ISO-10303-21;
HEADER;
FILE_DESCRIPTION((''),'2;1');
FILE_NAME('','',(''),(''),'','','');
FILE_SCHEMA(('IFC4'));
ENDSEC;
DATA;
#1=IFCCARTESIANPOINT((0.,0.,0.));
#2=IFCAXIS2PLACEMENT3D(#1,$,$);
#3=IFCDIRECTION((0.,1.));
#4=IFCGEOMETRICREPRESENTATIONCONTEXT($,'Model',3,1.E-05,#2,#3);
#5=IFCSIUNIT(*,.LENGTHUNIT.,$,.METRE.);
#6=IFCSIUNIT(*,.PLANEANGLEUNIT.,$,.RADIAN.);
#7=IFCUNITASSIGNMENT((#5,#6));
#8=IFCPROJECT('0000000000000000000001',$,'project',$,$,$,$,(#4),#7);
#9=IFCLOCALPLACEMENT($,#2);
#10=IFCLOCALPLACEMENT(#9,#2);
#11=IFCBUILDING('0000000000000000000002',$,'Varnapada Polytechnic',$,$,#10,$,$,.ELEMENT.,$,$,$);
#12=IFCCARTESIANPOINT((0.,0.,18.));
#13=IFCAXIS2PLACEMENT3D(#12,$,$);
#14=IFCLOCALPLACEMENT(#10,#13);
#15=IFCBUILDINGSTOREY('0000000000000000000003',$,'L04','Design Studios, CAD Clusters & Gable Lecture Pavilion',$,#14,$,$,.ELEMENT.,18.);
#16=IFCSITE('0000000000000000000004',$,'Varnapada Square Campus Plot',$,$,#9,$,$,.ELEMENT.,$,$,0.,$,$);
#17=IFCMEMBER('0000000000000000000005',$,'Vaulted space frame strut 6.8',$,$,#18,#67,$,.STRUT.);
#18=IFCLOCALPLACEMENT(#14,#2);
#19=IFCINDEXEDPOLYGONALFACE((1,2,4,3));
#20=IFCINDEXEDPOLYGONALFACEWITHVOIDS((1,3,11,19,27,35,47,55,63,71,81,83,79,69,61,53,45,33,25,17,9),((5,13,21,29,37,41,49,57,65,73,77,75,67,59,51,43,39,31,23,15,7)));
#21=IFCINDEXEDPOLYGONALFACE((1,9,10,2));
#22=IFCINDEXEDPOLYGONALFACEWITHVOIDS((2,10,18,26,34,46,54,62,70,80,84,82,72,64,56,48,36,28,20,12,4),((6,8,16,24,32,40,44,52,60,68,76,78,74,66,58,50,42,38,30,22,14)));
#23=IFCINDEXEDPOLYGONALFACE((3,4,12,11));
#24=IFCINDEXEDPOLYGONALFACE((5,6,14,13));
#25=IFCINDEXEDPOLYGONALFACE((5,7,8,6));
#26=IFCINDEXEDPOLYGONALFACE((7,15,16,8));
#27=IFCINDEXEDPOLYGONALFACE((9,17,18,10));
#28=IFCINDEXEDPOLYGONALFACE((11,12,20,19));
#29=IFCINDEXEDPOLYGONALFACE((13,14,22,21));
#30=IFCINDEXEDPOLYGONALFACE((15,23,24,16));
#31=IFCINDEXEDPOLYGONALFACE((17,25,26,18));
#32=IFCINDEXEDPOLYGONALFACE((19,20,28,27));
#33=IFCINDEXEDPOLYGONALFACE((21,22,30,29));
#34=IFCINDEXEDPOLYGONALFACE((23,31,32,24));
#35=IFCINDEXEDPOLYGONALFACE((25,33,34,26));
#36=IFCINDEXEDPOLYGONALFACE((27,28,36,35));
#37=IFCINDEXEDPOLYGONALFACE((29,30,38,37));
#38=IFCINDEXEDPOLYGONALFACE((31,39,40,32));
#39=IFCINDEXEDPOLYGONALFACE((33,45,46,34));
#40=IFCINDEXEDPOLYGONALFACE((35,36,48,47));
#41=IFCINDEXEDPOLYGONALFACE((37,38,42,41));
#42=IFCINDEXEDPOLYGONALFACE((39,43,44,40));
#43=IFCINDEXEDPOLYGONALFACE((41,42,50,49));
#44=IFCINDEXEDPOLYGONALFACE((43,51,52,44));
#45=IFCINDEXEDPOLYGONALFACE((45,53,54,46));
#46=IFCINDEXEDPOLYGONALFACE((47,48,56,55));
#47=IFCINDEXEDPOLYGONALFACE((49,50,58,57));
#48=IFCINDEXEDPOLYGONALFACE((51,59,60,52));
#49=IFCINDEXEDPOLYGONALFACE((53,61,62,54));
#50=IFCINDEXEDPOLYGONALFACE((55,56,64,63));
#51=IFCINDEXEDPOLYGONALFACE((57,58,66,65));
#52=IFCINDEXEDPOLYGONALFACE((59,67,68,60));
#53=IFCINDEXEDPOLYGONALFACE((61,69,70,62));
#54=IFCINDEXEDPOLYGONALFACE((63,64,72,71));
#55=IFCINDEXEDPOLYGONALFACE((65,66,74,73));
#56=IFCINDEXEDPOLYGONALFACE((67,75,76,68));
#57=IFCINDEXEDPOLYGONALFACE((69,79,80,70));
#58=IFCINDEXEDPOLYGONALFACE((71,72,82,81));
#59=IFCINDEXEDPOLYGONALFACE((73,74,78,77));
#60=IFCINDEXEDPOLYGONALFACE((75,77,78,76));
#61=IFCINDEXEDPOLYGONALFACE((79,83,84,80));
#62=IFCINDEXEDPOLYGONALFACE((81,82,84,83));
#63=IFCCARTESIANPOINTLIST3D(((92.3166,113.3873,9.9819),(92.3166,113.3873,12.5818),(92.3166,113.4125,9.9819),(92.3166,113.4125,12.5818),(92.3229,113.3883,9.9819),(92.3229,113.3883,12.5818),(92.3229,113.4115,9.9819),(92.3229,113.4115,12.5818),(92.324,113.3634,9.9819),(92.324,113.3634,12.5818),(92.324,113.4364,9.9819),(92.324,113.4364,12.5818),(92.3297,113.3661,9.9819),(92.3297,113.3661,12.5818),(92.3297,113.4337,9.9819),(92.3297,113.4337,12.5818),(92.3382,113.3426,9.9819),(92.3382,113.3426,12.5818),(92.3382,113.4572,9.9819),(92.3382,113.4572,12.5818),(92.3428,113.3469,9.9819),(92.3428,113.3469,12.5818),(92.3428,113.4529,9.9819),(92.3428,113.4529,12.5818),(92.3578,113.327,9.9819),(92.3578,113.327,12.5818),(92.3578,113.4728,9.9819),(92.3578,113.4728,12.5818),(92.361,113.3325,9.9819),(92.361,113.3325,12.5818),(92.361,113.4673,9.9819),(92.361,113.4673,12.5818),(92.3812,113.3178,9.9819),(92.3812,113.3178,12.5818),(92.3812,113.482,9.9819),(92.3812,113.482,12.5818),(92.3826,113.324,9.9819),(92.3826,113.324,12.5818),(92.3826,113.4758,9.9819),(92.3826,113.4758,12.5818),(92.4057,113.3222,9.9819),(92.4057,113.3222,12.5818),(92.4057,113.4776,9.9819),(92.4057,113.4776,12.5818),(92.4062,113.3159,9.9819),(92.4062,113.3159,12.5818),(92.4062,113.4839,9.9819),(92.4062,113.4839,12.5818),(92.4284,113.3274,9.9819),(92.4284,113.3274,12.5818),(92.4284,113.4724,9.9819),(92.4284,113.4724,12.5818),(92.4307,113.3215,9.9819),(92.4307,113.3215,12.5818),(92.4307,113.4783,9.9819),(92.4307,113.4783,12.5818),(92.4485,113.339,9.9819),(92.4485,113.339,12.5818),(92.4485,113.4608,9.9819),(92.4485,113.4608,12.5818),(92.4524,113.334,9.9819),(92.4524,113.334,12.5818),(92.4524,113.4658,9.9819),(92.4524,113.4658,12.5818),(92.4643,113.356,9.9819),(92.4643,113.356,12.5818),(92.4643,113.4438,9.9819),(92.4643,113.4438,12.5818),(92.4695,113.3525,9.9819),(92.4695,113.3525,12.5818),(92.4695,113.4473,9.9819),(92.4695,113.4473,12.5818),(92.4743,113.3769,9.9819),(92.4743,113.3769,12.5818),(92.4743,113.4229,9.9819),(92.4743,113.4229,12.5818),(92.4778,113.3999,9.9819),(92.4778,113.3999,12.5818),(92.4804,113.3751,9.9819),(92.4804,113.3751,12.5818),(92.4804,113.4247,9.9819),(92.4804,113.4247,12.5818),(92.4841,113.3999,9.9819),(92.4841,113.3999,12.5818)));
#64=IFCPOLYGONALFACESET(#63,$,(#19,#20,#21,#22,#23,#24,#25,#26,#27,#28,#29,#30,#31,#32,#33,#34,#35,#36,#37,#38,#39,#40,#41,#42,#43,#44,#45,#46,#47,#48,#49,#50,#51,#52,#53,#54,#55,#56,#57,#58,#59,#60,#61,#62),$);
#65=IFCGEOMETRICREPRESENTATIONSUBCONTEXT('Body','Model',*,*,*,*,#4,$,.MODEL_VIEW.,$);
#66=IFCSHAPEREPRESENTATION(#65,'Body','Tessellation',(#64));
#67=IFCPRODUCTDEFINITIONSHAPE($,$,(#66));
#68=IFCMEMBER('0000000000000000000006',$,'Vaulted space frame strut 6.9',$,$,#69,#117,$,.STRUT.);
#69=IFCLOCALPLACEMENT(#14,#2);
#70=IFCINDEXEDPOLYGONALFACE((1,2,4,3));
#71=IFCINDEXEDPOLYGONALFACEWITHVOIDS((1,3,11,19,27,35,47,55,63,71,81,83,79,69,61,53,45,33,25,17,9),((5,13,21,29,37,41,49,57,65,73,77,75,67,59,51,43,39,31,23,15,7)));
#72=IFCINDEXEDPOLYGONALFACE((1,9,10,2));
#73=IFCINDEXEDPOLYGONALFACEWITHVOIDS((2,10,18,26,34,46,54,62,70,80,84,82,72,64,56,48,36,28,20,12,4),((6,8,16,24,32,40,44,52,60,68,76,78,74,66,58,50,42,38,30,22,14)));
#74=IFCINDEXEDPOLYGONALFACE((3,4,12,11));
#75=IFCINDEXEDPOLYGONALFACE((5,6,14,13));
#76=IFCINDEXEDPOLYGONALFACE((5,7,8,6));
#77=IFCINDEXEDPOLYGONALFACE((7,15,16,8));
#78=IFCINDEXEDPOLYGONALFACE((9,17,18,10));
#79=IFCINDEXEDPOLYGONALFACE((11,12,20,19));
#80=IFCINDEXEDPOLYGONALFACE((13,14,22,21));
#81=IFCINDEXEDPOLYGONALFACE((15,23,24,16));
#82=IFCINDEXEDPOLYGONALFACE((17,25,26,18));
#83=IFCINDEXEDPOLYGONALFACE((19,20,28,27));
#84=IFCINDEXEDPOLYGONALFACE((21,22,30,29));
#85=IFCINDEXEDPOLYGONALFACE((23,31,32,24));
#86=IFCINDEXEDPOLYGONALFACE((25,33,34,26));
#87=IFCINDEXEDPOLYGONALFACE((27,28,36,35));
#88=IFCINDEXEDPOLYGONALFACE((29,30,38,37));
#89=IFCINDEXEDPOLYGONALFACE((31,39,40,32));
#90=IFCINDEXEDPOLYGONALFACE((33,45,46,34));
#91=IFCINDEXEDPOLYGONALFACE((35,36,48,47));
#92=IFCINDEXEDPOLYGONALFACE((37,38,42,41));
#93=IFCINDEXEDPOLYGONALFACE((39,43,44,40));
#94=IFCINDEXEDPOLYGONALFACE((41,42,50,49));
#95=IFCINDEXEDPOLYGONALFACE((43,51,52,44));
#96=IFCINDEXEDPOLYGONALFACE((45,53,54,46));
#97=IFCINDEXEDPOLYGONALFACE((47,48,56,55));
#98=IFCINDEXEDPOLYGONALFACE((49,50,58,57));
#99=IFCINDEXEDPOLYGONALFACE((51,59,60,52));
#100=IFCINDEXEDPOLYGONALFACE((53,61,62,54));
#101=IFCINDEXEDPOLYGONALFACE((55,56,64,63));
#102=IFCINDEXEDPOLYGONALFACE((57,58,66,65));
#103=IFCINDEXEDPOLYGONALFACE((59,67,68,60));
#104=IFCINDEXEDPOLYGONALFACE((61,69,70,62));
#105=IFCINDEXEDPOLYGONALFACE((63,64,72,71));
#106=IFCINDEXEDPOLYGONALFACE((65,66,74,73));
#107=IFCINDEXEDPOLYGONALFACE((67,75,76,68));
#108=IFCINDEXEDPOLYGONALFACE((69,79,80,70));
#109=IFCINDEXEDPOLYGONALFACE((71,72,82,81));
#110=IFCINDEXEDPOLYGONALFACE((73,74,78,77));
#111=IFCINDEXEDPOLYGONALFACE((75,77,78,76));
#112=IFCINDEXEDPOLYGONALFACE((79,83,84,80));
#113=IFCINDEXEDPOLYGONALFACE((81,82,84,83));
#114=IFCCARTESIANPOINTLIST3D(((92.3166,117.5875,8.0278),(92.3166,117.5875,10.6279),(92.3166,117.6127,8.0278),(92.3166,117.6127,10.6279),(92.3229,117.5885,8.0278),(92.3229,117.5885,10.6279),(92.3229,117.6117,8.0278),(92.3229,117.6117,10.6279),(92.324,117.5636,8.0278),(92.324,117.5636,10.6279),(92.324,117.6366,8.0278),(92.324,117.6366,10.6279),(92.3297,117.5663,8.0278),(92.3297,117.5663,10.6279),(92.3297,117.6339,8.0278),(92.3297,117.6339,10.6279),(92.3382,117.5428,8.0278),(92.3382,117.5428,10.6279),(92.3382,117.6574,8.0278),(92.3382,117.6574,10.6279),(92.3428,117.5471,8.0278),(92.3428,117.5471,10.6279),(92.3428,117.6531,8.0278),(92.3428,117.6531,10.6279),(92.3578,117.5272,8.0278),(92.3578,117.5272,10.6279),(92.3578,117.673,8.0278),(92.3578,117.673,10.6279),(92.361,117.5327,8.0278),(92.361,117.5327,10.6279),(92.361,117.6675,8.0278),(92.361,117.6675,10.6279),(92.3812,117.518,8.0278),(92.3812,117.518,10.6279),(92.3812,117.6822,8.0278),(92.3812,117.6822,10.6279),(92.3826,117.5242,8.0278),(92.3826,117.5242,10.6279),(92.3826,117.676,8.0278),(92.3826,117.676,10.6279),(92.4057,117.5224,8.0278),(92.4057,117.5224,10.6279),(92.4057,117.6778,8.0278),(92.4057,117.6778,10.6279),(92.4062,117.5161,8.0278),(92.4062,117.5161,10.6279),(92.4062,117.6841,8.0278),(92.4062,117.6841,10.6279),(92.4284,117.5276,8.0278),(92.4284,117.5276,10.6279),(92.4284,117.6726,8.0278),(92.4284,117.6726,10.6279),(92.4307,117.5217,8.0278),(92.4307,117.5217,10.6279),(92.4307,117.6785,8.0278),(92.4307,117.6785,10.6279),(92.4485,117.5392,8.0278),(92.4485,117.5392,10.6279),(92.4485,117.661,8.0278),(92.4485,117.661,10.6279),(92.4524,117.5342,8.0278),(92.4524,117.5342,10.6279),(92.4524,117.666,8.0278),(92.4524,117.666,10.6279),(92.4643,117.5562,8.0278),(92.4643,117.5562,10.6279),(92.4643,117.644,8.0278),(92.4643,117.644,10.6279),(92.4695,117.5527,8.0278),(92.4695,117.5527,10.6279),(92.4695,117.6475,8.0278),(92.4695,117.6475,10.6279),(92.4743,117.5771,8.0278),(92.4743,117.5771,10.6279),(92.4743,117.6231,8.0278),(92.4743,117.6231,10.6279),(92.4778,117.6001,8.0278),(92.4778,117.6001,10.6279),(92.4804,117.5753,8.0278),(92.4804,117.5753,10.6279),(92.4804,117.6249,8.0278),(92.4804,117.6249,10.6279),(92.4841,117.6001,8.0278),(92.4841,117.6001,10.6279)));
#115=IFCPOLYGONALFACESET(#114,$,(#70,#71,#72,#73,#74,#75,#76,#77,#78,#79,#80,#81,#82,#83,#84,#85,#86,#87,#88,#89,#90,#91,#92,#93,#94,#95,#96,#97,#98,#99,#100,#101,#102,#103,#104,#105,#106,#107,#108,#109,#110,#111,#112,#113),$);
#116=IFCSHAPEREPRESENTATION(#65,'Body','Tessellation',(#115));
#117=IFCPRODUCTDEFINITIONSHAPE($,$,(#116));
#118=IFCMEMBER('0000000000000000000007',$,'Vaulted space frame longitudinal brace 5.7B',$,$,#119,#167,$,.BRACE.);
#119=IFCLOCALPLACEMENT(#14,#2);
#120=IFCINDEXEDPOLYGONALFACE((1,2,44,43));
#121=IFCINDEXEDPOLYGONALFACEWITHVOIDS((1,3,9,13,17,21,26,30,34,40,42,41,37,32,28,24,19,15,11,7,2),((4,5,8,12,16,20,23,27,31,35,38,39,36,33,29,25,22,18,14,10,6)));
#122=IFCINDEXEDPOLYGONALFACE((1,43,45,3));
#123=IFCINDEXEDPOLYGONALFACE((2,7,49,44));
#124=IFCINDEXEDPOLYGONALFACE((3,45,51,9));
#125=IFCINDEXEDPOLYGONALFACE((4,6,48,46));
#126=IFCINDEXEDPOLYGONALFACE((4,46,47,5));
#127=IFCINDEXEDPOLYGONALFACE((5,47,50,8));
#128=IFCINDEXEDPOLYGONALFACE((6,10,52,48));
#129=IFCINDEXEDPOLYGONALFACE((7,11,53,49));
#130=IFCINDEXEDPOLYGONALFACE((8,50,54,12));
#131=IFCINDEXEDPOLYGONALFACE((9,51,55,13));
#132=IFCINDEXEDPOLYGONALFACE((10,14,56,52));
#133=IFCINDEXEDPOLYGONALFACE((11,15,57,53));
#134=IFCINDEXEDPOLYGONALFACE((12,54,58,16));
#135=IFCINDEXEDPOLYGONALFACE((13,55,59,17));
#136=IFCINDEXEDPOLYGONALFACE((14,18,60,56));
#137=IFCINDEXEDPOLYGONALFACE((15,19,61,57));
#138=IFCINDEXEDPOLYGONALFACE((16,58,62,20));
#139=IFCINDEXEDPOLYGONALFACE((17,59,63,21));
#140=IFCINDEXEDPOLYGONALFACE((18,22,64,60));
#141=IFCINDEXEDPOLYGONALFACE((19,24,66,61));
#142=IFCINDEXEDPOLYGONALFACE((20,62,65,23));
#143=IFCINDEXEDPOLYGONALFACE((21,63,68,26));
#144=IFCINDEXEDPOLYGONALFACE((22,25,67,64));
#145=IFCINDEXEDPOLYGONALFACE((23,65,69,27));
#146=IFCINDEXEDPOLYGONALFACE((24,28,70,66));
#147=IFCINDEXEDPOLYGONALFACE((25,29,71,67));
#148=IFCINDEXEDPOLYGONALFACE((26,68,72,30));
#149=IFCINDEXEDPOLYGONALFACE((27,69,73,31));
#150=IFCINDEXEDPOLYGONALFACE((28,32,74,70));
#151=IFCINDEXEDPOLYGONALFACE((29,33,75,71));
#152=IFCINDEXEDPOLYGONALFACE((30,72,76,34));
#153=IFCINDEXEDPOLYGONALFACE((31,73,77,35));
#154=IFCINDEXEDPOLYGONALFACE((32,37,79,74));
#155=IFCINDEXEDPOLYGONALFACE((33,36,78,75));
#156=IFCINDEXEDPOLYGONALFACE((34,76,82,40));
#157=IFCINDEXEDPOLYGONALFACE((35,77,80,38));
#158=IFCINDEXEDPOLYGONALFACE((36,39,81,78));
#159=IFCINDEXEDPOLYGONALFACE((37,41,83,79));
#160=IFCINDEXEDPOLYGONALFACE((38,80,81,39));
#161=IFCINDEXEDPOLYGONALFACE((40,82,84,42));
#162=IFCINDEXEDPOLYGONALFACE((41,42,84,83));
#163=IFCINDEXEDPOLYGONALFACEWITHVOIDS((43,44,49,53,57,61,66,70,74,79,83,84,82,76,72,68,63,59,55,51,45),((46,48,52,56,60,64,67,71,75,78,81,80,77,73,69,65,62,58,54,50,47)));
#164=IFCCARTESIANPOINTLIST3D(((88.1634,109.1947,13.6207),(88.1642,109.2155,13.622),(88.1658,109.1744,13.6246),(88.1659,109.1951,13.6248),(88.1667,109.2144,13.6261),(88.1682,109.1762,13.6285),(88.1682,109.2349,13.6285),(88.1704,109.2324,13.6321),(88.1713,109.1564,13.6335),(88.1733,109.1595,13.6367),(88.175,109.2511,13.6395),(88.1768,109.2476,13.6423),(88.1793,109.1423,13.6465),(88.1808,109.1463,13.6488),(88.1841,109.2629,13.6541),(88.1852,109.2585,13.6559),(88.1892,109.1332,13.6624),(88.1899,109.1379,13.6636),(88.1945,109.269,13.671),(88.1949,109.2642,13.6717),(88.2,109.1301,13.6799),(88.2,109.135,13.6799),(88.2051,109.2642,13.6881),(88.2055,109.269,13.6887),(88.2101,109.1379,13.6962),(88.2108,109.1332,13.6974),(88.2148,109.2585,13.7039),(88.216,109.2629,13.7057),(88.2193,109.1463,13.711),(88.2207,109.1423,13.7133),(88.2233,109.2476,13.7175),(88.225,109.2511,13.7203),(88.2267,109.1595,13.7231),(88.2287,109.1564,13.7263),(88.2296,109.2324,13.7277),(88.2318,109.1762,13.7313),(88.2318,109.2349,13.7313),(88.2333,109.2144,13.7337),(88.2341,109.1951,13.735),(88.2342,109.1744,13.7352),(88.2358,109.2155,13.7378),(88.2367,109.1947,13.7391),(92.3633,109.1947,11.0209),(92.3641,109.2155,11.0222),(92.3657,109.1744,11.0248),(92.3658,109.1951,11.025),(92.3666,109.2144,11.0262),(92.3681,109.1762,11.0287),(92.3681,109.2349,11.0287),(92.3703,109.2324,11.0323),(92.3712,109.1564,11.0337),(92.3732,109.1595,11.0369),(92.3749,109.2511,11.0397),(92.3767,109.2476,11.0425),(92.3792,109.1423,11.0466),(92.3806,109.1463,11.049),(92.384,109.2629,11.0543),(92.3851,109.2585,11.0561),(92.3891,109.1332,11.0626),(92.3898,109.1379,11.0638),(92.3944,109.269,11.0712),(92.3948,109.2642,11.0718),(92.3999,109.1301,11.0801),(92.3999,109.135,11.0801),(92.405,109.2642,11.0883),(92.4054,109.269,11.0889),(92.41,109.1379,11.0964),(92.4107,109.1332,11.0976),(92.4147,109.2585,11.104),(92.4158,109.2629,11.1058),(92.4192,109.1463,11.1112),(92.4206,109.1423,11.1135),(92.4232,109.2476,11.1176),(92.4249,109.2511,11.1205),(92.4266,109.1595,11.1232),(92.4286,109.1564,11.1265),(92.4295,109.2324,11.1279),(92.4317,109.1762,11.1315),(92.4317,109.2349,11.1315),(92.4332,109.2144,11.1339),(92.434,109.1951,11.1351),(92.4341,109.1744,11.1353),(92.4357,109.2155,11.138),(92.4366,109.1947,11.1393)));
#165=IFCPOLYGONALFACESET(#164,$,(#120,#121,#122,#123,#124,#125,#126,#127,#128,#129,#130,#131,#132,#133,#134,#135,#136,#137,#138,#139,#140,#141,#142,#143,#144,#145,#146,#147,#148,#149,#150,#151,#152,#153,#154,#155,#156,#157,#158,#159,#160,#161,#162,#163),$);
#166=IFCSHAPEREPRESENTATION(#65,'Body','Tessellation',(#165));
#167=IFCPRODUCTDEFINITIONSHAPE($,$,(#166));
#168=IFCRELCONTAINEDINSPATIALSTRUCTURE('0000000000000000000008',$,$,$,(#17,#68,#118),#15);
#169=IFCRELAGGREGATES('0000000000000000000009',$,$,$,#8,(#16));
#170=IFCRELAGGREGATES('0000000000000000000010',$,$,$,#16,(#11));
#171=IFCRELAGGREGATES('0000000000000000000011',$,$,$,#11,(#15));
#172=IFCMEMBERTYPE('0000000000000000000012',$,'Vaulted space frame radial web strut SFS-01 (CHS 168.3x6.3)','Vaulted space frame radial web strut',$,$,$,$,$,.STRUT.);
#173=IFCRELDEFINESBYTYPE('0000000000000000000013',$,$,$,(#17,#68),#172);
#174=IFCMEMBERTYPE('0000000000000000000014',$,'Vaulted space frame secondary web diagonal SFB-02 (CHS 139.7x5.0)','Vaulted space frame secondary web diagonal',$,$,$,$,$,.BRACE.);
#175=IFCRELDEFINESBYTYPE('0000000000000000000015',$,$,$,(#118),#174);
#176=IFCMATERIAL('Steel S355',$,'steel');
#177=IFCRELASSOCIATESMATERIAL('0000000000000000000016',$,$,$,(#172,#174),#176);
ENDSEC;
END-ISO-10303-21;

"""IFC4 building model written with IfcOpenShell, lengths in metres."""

from ifc_helpers import new_model, si_unit, direction, frame, origin, origin_2d, place, context, subcontext, project, spatial, hollow_circle, extrude, material, material_profile, profile_set, type_object, element, save


model = new_model("IFC4")

# Units and contexts
model_context = context("Model", 3, precision=1e-05, world=origin(), true_north=direction((0.0, 1.0)))
body_context = subcontext(model_context, "Body", "Model", "MODEL_VIEW")
ifc_project = project(units=[si_unit("LENGTHUNIT", "METRE"), si_unit("PLANEANGLEUNIT", "RADIAN")], contexts=[model_context])

# Site, building, storey
site_placement = place(None, origin())
site = spatial("IfcSite", under=ifc_project, at=site_placement, Name="Varnapada Square Campus Plot", CompositionType="ELEMENT", RefElevation=0.0)
building_placement = place(site_placement, origin())
building = spatial("IfcBuilding", under=site, at=building_placement, Name="Varnapada Polytechnic", CompositionType="ELEMENT")
storey_placement = place(building_placement, frame((0.0, 0.0, 18.0)))
storey = spatial("IfcBuildingStorey", under=building, at=storey_placement, Name="L04", Description="Design Studios, CAD Clusters & Gable Lecture Pavilion", CompositionType="ELEMENT", Elevation=18.0)

# Shared definitions
ifc_material = material(Name="Steel S355", Category="steel")

# Members
ifc_material_profile_1 = material_profile(ifc_material, hollow_circle(Radius=0.0842, WallThickness=0.0063, at=origin_2d()), Name="CHS 168.3x6.3")
ifc_profile_set_1 = profile_set([ifc_material_profile_1], Name="Steel S355")
member_type_1 = type_object("IfcMemberType", Name="Vaulted space frame radial web strut SFS-01 (CHS 168.3x6.3)", Description="Vaulted space frame radial web strut", PredefinedType="STRUT", material=ifc_profile_set_1)
for number, where, z_axis, x_axis, name in (
    (1, (92.3999, 113.3999, 9.9819), (0.0, 0.0, 1.0), (1.0, 0.0, 0.0), "Vaulted space frame strut 6.8"),
):
    element("IfcMember", number, at=place(storey_placement, frame(where, z_axis=z_axis, x_axis=x_axis)), inside=storey, type_object=member_type_1, Name=name, PredefinedType="STRUT", context=body_context, shape_type="SweptSolid", body=[
        extrude(hollow_circle(Radius=0.0842, WallThickness=0.0063, at=origin_2d()), origin(), (0.0, 0.0, 1.0), 2.5999),
    ])
member_1_placement = place(storey_placement, frame((92.3999, 117.6001, 8.0278), z_axis=(0.0, 0.0, 1.0), x_axis=(1.0, 0.0, 0.0)))
element("IfcMember", 2, at=member_1_placement, inside=storey, type_object=member_type_1, Name="Vaulted space frame strut 6.9", PredefinedType="STRUT", context=body_context, shape_type="SweptSolid", body=[
    extrude(hollow_circle(Radius=0.0842, WallThickness=0.0063, at=origin_2d()), origin(), (0.0, 0.0, 1.0), 2.6001),
])
ifc_material_profile_2 = material_profile(ifc_material, hollow_circle(Radius=0.0698, WallThickness=0.0049, at=origin_2d()), Name="CHS 139.7x5.0")
ifc_profile_set_2 = profile_set([ifc_material_profile_2], Name="Steel S355")
member_type_2 = type_object("IfcMemberType", Name="Vaulted space frame secondary web diagonal SFB-02 (CHS 139.7x5.0)", Description="Vaulted space frame secondary web diagonal", PredefinedType="BRACE", material=ifc_profile_set_2)
member_2_placement = place(storey_placement, frame((92.3999, 109.2, 11.0801), z_axis=(-0.850276, 0.0, 0.526338), x_axis=(0.0, -1.0, 0.0)))
element("IfcMember", 3, at=member_2_placement, inside=storey, type_object=member_type_2, Name="Vaulted space frame longitudinal brace 5.7B", PredefinedType="BRACE", context=body_context, shape_type="SweptSolid", body=[
    extrude(hollow_circle(Radius=0.0698, WallThickness=0.0049, at=origin_2d()), origin(), (0.0, 0.0, 1.0), 4.9395),
])

save(model, "model.ifc")
